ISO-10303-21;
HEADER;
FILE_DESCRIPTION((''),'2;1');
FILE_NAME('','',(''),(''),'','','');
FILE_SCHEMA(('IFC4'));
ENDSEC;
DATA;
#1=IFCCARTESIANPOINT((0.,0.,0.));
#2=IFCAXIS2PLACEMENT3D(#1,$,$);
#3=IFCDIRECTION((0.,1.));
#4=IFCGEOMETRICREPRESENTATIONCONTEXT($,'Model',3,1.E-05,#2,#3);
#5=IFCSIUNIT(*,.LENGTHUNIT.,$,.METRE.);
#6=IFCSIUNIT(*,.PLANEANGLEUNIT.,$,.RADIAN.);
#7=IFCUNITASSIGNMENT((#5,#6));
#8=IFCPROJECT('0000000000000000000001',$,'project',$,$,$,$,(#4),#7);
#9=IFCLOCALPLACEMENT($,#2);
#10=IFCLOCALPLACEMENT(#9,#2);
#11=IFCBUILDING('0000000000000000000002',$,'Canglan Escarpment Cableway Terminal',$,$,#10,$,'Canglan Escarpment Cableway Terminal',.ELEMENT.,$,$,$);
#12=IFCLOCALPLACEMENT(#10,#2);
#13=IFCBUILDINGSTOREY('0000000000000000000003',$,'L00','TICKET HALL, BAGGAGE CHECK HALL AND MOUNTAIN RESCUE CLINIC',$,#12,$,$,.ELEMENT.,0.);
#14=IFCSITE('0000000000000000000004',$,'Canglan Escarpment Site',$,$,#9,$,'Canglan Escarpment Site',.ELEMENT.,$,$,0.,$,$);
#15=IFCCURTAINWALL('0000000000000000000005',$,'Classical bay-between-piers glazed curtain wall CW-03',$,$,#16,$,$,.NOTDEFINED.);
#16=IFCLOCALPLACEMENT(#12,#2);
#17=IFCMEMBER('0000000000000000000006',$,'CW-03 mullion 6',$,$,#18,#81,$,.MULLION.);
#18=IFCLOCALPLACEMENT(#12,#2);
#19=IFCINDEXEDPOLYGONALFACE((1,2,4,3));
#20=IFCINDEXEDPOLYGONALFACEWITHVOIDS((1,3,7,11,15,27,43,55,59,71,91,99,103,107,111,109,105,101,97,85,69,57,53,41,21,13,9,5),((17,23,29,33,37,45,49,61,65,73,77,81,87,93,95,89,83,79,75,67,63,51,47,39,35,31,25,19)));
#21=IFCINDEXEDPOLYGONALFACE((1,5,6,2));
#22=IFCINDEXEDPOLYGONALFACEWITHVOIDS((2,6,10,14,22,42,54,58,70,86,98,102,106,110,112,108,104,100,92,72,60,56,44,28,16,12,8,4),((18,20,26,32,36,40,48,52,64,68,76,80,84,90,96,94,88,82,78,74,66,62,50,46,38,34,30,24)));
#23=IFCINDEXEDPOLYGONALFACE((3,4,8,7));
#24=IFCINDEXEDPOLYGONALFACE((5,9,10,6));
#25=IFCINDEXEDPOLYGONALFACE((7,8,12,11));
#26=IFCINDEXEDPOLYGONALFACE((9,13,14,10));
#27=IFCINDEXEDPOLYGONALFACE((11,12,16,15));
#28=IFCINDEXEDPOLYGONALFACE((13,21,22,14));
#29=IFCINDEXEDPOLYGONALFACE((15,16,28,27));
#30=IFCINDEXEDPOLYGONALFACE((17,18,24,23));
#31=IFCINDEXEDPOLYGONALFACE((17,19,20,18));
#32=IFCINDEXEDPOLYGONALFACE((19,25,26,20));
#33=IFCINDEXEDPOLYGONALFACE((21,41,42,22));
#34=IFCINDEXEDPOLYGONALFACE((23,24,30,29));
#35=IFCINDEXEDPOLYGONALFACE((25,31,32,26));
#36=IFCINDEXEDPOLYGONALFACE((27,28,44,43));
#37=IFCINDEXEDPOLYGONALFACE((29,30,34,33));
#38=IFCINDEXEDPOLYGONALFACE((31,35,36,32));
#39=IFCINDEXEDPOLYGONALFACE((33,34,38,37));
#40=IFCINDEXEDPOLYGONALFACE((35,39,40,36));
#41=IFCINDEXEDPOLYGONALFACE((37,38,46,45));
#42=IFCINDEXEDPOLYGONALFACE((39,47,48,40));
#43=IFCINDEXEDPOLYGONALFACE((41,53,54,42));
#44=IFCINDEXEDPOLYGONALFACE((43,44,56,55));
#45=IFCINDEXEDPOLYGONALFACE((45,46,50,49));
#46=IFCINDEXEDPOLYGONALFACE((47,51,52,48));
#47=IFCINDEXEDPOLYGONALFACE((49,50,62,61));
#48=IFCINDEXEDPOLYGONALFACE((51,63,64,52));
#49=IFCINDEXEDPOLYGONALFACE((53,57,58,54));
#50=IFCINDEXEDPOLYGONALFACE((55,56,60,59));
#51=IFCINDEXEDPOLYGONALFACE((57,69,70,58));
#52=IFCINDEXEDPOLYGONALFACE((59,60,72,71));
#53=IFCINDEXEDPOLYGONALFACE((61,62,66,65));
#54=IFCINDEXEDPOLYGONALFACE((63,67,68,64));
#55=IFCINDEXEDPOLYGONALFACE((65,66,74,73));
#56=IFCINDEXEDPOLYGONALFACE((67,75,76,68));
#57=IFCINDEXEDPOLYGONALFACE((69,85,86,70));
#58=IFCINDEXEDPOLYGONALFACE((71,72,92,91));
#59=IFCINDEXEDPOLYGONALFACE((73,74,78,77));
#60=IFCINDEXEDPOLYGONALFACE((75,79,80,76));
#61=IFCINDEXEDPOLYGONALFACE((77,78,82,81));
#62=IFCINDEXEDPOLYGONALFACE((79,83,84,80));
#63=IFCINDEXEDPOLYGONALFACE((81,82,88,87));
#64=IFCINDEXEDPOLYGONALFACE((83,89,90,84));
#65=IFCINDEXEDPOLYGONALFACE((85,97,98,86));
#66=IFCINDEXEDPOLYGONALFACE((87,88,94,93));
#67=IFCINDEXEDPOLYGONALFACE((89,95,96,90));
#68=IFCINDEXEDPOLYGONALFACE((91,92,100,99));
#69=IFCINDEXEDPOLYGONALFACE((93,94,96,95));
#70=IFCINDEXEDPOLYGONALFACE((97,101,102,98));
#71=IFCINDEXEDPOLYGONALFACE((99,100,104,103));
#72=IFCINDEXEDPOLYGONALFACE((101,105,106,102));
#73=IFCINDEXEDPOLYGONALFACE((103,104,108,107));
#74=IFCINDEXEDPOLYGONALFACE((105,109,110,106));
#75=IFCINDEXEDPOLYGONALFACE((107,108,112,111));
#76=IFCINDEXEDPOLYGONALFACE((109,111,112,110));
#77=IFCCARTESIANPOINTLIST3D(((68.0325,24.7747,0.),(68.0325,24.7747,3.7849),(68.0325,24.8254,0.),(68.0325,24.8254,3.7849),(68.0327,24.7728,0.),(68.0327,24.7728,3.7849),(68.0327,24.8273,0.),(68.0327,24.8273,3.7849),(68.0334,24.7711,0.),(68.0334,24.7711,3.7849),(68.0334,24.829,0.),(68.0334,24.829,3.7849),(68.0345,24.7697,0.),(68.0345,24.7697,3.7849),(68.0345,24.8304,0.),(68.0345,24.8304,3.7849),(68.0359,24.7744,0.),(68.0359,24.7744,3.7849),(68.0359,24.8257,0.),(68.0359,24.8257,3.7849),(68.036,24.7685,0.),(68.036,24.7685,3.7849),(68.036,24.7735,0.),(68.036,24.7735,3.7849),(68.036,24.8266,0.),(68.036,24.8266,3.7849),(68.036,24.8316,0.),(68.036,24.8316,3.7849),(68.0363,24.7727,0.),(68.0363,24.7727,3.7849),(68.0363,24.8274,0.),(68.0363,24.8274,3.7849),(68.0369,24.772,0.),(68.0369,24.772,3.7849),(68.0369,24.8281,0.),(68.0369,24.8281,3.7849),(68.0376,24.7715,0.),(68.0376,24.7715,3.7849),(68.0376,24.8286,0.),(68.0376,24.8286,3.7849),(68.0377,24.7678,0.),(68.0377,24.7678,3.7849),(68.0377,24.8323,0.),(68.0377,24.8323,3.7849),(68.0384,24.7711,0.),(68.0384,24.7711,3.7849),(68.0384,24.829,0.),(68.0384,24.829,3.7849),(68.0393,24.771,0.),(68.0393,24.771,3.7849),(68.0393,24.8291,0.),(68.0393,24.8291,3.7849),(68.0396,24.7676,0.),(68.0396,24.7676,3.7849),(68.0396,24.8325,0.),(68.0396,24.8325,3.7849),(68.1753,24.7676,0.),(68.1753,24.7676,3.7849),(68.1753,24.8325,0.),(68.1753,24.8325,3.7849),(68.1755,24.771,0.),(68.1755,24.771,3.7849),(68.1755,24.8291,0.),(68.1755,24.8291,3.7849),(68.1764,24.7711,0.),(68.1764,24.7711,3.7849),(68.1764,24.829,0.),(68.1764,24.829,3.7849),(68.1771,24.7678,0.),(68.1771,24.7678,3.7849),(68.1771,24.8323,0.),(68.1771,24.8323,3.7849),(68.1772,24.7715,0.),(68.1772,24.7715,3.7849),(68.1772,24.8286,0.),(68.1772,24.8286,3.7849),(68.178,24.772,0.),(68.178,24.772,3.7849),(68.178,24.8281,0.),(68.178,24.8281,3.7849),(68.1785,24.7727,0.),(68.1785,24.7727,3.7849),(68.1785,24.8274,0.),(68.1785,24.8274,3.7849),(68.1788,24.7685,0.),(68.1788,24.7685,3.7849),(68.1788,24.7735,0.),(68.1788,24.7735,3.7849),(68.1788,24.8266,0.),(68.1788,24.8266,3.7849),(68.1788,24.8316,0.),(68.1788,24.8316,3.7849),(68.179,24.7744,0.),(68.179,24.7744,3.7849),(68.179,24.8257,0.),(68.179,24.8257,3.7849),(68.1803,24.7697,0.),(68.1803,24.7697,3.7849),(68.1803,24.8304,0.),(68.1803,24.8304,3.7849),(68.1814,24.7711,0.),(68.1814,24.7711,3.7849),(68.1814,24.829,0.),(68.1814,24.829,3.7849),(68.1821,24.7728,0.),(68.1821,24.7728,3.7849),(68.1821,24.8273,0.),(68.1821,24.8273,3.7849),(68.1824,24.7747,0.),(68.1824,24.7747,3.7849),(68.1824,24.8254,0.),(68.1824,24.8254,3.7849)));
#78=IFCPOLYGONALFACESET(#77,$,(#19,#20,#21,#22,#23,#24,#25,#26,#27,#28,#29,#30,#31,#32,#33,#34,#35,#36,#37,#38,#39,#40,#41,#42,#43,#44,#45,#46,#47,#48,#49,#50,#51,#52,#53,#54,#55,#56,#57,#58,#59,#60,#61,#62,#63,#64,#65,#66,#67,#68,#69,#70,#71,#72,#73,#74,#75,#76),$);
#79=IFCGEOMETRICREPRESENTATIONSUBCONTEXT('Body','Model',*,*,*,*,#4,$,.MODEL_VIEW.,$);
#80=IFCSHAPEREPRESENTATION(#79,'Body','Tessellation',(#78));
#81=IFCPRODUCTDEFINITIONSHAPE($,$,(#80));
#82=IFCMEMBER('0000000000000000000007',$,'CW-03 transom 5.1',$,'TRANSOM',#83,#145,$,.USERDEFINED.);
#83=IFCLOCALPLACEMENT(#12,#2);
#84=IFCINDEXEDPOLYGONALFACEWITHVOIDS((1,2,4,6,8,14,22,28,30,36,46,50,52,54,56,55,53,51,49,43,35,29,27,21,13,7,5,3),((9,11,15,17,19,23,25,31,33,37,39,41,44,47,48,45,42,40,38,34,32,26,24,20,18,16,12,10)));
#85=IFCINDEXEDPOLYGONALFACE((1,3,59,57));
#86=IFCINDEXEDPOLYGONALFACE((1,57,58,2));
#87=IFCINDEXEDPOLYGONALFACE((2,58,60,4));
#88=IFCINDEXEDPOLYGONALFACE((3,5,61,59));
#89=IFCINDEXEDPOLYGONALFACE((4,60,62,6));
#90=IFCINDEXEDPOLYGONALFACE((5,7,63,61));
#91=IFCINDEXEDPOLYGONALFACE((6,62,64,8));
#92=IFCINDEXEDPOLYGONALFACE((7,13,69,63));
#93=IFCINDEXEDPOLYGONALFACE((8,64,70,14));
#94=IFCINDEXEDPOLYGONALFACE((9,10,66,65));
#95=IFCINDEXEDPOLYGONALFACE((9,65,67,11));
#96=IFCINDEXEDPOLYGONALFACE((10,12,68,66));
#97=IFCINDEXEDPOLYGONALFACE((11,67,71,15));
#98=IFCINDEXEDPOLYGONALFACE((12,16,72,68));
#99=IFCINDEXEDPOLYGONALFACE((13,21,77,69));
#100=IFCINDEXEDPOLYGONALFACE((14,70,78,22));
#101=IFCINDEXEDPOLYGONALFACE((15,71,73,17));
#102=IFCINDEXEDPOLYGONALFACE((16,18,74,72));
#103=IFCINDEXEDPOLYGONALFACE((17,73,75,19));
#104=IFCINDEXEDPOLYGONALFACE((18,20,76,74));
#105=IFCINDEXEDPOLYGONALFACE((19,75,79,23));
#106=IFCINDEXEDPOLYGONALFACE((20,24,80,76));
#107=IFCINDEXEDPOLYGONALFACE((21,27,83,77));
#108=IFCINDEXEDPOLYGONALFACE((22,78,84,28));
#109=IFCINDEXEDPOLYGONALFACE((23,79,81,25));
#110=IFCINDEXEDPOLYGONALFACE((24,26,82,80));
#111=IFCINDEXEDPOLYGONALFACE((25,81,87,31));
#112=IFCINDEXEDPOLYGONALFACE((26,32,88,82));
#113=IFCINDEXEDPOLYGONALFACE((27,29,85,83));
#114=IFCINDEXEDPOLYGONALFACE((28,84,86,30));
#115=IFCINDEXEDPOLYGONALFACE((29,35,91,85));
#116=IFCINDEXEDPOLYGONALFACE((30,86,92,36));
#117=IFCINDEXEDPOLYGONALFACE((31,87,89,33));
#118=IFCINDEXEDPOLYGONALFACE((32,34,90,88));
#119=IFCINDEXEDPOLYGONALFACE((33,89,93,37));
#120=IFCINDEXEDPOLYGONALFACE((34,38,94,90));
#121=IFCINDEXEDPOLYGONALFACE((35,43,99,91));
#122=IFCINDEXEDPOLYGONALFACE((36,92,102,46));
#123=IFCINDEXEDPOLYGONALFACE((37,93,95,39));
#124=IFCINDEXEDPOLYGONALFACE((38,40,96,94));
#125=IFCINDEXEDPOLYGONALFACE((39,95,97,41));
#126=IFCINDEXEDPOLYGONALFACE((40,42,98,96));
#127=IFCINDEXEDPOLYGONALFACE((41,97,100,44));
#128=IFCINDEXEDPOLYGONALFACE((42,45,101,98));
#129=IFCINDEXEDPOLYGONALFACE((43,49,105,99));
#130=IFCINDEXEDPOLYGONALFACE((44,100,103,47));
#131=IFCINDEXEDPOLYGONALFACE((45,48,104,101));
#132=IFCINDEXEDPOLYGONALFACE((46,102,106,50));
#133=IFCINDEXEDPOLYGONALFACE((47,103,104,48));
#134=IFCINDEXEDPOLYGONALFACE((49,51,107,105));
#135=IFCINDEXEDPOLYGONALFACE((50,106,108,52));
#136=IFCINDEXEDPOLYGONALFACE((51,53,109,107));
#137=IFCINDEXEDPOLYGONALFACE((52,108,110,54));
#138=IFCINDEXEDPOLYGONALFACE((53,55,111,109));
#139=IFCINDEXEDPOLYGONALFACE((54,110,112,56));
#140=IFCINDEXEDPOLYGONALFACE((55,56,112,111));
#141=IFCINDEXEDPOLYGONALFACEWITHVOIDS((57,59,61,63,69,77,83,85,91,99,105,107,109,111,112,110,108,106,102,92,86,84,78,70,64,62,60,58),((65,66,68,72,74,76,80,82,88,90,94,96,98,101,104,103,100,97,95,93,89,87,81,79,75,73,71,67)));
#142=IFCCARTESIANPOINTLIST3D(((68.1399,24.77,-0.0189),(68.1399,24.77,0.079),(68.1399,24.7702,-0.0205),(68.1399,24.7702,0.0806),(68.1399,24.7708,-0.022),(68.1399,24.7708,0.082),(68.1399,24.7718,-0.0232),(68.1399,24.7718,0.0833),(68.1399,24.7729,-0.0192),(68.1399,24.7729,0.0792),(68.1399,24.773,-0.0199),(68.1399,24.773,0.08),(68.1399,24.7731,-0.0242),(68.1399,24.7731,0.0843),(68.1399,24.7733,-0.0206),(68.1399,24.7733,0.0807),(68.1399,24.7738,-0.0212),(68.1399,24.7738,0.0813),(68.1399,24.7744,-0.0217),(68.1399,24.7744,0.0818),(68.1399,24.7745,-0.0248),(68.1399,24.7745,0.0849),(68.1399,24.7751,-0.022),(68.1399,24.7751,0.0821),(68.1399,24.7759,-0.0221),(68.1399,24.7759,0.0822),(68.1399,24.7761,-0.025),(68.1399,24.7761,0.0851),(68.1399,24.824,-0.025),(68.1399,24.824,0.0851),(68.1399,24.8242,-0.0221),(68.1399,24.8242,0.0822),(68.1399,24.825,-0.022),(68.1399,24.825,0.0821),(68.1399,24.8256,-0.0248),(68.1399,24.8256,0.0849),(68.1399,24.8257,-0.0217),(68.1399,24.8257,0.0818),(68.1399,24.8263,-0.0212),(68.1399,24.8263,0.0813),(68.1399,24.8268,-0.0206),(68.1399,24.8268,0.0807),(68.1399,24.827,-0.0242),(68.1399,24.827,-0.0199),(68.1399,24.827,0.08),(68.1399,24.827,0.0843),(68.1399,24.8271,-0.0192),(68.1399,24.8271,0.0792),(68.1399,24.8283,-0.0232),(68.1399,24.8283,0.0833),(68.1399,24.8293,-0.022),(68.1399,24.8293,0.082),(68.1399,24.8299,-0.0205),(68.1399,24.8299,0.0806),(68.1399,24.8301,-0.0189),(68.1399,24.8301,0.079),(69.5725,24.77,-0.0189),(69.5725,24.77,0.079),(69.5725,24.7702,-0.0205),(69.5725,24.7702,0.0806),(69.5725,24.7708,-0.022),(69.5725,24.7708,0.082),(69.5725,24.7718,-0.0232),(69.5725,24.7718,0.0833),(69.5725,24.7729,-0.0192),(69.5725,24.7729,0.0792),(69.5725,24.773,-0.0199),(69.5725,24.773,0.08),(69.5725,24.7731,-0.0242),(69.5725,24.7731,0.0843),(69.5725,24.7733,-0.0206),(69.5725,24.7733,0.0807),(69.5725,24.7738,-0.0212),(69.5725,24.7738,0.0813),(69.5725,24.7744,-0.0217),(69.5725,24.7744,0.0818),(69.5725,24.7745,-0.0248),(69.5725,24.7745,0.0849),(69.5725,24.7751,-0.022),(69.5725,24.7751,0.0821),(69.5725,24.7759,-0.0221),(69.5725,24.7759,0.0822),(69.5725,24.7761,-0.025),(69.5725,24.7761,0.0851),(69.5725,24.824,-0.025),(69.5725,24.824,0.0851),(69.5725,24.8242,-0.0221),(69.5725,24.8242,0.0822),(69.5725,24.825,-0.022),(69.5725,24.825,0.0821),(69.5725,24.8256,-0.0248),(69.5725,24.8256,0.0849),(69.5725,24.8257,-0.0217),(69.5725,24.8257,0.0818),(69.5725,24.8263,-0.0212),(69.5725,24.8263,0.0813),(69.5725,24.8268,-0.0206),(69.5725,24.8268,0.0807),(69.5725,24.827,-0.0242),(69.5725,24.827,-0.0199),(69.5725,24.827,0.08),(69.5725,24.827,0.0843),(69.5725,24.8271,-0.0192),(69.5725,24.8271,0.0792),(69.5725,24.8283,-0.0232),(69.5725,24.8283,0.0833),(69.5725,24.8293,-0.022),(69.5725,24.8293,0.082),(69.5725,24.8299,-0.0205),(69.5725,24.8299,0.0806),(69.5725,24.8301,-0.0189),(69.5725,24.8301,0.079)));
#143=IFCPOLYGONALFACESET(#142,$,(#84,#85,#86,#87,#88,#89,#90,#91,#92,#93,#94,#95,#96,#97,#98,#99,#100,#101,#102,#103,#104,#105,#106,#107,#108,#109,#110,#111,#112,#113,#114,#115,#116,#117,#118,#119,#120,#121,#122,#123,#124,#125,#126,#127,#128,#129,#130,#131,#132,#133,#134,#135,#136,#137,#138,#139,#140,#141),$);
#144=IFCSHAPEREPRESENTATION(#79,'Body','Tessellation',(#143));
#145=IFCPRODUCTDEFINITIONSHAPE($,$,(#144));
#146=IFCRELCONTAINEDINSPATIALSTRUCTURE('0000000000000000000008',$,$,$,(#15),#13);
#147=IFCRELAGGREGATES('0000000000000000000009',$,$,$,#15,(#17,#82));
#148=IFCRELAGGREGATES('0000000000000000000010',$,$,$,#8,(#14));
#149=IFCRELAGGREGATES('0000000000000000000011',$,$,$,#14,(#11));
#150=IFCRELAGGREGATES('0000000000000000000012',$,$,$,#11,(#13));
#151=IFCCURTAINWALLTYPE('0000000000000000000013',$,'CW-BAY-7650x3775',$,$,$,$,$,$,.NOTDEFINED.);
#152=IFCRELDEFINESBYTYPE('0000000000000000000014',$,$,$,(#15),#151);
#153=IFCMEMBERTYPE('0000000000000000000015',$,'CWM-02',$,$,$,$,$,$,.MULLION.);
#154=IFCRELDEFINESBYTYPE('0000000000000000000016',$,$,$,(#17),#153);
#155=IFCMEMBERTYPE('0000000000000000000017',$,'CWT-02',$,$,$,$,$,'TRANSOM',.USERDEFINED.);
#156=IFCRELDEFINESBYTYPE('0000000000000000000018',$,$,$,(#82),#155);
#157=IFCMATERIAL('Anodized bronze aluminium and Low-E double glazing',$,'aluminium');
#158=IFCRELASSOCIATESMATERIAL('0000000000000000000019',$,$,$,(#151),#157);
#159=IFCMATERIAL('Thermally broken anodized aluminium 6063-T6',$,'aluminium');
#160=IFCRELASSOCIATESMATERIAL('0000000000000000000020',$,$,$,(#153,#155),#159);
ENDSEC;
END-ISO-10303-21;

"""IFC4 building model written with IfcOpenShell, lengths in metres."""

from ifc_helpers import new_model, si_unit, direction, frame, origin, origin_2d, place, context, subcontext, project, spatial, hollow_rectangle, extrude, material, material_profile, profile_set, type_object, element, aggregate, save


model = new_model("IFC4")

# Units and contexts
model_context = context("Model", 3, precision=1e-05, world=origin(), true_north=direction((0.0, 1.0)))
body_context = subcontext(model_context, "Body", "Model", "MODEL_VIEW")
ifc_project = project(units=[si_unit("LENGTHUNIT", "METRE"), si_unit("PLANEANGLEUNIT", "RADIAN")], contexts=[model_context])

# Site, building, storey
site_placement = place(None, origin())
site = spatial("IfcSite", under=ifc_project, at=site_placement, Name="Canglan Escarpment Site", LongName="Canglan Escarpment Site", CompositionType="ELEMENT", RefElevation=0.0)
building_placement = place(site_placement, origin())
building = spatial("IfcBuilding", under=site, at=building_placement, Name="Canglan Escarpment Cableway Terminal", LongName="Canglan Escarpment Cableway Terminal", CompositionType="ELEMENT")
storey_placement = place(building_placement, origin())
storey = spatial("IfcBuildingStorey", under=building, at=storey_placement, Name="L00", Description="TICKET HALL, BAGGAGE CHECK HALL AND MOUNTAIN RESCUE CLINIC", CompositionType="ELEMENT", Elevation=0.0)

# Curtain wall, members
ifc_material_1 = material(Name="Anodized bronze aluminium and Low-E double glazing", Category="aluminium")
curtain_wall_type = type_object("IfcCurtainWallType", Name="CW-BAY-7650x3775", PredefinedType="NOTDEFINED", material=ifc_material_1)
curtain_wall_placement = place(storey_placement, origin())
curtain_wall = element("IfcCurtainWall", 1, at=curtain_wall_placement, inside=storey, type_object=curtain_wall_type, Name="Classical bay-between-piers glazed curtain wall CW-03", PredefinedType="NOTDEFINED")
ifc_material_2 = material(Name="Thermally broken anodized aluminium 6063-T6", Category="aluminium")
ifc_material_profile_1 = material_profile(ifc_material_2, hollow_rectangle(XDim=0.0649, YDim=0.1499, WallThickness=0.0034, InnerFilletRadius=0.0034, OuterFilletRadius=0.0071, at=origin_2d()), Name="ALU-MULL 65x150x3.5")
ifc_profile_set_1 = profile_set([ifc_material_profile_1], Name="Thermally broken anodized aluminium 6063-T6")
member_type_1 = type_object("IfcMemberType", Name="CWM-02", PredefinedType="MULLION", material=ifc_profile_set_1)
member_1_placement = place(storey_placement, frame((68.1074, 24.8, 0.0), z_axis=(0.0, 0.0, 1.0), x_axis=(0.0, -1.0, 0.0)))
member_1 = element("IfcMember", 2, at=member_1_placement, type_object=member_type_1, Name="CW-03 mullion 6", PredefinedType="MULLION", context=body_context, shape_type="SweptSolid", body=[
    extrude(hollow_rectangle(XDim=0.0649, YDim=0.1499, WallThickness=0.0034, InnerFilletRadius=0.0034, OuterFilletRadius=0.0071, at=origin_2d()), origin(), (0.0, 0.0, 1.0), 3.7849),
])
ifc_material_profile_2 = material_profile(ifc_material_2, hollow_rectangle(XDim=0.0601, YDim=0.1101, WallThickness=0.0029, InnerFilletRadius=0.0029, OuterFilletRadius=0.0061, at=origin_2d()), Name="ALU-TRAN 60x110x3")
ifc_profile_set_2 = profile_set([ifc_material_profile_2], Name="Thermally broken anodized aluminium 6063-T6")
member_type_2 = type_object("IfcMemberType", Name="CWT-02", ElementType="TRANSOM", PredefinedType="USERDEFINED", material=ifc_profile_set_2)
member_2_placement = place(storey_placement, frame((69.5725, 24.8, 0.03), z_axis=(-1.0, 0.0, 0.0), x_axis=(0.0, -1.0, 0.0)))
member_2 = element("IfcMember", 3, at=member_2_placement, type_object=member_type_2, Name="CW-03 transom 5.1", ObjectType="TRANSOM", PredefinedType="USERDEFINED", context=body_context, shape_type="SweptSolid", body=[
    extrude(hollow_rectangle(XDim=0.0601, YDim=0.1101, WallThickness=0.0029, InnerFilletRadius=0.0029, OuterFilletRadius=0.0061, at=origin_2d()), origin(), (0.0, 0.0, 1.0), 1.4326),
])

aggregate(curtain_wall, [member_1, member_2])

save(model, "model.ifc")
